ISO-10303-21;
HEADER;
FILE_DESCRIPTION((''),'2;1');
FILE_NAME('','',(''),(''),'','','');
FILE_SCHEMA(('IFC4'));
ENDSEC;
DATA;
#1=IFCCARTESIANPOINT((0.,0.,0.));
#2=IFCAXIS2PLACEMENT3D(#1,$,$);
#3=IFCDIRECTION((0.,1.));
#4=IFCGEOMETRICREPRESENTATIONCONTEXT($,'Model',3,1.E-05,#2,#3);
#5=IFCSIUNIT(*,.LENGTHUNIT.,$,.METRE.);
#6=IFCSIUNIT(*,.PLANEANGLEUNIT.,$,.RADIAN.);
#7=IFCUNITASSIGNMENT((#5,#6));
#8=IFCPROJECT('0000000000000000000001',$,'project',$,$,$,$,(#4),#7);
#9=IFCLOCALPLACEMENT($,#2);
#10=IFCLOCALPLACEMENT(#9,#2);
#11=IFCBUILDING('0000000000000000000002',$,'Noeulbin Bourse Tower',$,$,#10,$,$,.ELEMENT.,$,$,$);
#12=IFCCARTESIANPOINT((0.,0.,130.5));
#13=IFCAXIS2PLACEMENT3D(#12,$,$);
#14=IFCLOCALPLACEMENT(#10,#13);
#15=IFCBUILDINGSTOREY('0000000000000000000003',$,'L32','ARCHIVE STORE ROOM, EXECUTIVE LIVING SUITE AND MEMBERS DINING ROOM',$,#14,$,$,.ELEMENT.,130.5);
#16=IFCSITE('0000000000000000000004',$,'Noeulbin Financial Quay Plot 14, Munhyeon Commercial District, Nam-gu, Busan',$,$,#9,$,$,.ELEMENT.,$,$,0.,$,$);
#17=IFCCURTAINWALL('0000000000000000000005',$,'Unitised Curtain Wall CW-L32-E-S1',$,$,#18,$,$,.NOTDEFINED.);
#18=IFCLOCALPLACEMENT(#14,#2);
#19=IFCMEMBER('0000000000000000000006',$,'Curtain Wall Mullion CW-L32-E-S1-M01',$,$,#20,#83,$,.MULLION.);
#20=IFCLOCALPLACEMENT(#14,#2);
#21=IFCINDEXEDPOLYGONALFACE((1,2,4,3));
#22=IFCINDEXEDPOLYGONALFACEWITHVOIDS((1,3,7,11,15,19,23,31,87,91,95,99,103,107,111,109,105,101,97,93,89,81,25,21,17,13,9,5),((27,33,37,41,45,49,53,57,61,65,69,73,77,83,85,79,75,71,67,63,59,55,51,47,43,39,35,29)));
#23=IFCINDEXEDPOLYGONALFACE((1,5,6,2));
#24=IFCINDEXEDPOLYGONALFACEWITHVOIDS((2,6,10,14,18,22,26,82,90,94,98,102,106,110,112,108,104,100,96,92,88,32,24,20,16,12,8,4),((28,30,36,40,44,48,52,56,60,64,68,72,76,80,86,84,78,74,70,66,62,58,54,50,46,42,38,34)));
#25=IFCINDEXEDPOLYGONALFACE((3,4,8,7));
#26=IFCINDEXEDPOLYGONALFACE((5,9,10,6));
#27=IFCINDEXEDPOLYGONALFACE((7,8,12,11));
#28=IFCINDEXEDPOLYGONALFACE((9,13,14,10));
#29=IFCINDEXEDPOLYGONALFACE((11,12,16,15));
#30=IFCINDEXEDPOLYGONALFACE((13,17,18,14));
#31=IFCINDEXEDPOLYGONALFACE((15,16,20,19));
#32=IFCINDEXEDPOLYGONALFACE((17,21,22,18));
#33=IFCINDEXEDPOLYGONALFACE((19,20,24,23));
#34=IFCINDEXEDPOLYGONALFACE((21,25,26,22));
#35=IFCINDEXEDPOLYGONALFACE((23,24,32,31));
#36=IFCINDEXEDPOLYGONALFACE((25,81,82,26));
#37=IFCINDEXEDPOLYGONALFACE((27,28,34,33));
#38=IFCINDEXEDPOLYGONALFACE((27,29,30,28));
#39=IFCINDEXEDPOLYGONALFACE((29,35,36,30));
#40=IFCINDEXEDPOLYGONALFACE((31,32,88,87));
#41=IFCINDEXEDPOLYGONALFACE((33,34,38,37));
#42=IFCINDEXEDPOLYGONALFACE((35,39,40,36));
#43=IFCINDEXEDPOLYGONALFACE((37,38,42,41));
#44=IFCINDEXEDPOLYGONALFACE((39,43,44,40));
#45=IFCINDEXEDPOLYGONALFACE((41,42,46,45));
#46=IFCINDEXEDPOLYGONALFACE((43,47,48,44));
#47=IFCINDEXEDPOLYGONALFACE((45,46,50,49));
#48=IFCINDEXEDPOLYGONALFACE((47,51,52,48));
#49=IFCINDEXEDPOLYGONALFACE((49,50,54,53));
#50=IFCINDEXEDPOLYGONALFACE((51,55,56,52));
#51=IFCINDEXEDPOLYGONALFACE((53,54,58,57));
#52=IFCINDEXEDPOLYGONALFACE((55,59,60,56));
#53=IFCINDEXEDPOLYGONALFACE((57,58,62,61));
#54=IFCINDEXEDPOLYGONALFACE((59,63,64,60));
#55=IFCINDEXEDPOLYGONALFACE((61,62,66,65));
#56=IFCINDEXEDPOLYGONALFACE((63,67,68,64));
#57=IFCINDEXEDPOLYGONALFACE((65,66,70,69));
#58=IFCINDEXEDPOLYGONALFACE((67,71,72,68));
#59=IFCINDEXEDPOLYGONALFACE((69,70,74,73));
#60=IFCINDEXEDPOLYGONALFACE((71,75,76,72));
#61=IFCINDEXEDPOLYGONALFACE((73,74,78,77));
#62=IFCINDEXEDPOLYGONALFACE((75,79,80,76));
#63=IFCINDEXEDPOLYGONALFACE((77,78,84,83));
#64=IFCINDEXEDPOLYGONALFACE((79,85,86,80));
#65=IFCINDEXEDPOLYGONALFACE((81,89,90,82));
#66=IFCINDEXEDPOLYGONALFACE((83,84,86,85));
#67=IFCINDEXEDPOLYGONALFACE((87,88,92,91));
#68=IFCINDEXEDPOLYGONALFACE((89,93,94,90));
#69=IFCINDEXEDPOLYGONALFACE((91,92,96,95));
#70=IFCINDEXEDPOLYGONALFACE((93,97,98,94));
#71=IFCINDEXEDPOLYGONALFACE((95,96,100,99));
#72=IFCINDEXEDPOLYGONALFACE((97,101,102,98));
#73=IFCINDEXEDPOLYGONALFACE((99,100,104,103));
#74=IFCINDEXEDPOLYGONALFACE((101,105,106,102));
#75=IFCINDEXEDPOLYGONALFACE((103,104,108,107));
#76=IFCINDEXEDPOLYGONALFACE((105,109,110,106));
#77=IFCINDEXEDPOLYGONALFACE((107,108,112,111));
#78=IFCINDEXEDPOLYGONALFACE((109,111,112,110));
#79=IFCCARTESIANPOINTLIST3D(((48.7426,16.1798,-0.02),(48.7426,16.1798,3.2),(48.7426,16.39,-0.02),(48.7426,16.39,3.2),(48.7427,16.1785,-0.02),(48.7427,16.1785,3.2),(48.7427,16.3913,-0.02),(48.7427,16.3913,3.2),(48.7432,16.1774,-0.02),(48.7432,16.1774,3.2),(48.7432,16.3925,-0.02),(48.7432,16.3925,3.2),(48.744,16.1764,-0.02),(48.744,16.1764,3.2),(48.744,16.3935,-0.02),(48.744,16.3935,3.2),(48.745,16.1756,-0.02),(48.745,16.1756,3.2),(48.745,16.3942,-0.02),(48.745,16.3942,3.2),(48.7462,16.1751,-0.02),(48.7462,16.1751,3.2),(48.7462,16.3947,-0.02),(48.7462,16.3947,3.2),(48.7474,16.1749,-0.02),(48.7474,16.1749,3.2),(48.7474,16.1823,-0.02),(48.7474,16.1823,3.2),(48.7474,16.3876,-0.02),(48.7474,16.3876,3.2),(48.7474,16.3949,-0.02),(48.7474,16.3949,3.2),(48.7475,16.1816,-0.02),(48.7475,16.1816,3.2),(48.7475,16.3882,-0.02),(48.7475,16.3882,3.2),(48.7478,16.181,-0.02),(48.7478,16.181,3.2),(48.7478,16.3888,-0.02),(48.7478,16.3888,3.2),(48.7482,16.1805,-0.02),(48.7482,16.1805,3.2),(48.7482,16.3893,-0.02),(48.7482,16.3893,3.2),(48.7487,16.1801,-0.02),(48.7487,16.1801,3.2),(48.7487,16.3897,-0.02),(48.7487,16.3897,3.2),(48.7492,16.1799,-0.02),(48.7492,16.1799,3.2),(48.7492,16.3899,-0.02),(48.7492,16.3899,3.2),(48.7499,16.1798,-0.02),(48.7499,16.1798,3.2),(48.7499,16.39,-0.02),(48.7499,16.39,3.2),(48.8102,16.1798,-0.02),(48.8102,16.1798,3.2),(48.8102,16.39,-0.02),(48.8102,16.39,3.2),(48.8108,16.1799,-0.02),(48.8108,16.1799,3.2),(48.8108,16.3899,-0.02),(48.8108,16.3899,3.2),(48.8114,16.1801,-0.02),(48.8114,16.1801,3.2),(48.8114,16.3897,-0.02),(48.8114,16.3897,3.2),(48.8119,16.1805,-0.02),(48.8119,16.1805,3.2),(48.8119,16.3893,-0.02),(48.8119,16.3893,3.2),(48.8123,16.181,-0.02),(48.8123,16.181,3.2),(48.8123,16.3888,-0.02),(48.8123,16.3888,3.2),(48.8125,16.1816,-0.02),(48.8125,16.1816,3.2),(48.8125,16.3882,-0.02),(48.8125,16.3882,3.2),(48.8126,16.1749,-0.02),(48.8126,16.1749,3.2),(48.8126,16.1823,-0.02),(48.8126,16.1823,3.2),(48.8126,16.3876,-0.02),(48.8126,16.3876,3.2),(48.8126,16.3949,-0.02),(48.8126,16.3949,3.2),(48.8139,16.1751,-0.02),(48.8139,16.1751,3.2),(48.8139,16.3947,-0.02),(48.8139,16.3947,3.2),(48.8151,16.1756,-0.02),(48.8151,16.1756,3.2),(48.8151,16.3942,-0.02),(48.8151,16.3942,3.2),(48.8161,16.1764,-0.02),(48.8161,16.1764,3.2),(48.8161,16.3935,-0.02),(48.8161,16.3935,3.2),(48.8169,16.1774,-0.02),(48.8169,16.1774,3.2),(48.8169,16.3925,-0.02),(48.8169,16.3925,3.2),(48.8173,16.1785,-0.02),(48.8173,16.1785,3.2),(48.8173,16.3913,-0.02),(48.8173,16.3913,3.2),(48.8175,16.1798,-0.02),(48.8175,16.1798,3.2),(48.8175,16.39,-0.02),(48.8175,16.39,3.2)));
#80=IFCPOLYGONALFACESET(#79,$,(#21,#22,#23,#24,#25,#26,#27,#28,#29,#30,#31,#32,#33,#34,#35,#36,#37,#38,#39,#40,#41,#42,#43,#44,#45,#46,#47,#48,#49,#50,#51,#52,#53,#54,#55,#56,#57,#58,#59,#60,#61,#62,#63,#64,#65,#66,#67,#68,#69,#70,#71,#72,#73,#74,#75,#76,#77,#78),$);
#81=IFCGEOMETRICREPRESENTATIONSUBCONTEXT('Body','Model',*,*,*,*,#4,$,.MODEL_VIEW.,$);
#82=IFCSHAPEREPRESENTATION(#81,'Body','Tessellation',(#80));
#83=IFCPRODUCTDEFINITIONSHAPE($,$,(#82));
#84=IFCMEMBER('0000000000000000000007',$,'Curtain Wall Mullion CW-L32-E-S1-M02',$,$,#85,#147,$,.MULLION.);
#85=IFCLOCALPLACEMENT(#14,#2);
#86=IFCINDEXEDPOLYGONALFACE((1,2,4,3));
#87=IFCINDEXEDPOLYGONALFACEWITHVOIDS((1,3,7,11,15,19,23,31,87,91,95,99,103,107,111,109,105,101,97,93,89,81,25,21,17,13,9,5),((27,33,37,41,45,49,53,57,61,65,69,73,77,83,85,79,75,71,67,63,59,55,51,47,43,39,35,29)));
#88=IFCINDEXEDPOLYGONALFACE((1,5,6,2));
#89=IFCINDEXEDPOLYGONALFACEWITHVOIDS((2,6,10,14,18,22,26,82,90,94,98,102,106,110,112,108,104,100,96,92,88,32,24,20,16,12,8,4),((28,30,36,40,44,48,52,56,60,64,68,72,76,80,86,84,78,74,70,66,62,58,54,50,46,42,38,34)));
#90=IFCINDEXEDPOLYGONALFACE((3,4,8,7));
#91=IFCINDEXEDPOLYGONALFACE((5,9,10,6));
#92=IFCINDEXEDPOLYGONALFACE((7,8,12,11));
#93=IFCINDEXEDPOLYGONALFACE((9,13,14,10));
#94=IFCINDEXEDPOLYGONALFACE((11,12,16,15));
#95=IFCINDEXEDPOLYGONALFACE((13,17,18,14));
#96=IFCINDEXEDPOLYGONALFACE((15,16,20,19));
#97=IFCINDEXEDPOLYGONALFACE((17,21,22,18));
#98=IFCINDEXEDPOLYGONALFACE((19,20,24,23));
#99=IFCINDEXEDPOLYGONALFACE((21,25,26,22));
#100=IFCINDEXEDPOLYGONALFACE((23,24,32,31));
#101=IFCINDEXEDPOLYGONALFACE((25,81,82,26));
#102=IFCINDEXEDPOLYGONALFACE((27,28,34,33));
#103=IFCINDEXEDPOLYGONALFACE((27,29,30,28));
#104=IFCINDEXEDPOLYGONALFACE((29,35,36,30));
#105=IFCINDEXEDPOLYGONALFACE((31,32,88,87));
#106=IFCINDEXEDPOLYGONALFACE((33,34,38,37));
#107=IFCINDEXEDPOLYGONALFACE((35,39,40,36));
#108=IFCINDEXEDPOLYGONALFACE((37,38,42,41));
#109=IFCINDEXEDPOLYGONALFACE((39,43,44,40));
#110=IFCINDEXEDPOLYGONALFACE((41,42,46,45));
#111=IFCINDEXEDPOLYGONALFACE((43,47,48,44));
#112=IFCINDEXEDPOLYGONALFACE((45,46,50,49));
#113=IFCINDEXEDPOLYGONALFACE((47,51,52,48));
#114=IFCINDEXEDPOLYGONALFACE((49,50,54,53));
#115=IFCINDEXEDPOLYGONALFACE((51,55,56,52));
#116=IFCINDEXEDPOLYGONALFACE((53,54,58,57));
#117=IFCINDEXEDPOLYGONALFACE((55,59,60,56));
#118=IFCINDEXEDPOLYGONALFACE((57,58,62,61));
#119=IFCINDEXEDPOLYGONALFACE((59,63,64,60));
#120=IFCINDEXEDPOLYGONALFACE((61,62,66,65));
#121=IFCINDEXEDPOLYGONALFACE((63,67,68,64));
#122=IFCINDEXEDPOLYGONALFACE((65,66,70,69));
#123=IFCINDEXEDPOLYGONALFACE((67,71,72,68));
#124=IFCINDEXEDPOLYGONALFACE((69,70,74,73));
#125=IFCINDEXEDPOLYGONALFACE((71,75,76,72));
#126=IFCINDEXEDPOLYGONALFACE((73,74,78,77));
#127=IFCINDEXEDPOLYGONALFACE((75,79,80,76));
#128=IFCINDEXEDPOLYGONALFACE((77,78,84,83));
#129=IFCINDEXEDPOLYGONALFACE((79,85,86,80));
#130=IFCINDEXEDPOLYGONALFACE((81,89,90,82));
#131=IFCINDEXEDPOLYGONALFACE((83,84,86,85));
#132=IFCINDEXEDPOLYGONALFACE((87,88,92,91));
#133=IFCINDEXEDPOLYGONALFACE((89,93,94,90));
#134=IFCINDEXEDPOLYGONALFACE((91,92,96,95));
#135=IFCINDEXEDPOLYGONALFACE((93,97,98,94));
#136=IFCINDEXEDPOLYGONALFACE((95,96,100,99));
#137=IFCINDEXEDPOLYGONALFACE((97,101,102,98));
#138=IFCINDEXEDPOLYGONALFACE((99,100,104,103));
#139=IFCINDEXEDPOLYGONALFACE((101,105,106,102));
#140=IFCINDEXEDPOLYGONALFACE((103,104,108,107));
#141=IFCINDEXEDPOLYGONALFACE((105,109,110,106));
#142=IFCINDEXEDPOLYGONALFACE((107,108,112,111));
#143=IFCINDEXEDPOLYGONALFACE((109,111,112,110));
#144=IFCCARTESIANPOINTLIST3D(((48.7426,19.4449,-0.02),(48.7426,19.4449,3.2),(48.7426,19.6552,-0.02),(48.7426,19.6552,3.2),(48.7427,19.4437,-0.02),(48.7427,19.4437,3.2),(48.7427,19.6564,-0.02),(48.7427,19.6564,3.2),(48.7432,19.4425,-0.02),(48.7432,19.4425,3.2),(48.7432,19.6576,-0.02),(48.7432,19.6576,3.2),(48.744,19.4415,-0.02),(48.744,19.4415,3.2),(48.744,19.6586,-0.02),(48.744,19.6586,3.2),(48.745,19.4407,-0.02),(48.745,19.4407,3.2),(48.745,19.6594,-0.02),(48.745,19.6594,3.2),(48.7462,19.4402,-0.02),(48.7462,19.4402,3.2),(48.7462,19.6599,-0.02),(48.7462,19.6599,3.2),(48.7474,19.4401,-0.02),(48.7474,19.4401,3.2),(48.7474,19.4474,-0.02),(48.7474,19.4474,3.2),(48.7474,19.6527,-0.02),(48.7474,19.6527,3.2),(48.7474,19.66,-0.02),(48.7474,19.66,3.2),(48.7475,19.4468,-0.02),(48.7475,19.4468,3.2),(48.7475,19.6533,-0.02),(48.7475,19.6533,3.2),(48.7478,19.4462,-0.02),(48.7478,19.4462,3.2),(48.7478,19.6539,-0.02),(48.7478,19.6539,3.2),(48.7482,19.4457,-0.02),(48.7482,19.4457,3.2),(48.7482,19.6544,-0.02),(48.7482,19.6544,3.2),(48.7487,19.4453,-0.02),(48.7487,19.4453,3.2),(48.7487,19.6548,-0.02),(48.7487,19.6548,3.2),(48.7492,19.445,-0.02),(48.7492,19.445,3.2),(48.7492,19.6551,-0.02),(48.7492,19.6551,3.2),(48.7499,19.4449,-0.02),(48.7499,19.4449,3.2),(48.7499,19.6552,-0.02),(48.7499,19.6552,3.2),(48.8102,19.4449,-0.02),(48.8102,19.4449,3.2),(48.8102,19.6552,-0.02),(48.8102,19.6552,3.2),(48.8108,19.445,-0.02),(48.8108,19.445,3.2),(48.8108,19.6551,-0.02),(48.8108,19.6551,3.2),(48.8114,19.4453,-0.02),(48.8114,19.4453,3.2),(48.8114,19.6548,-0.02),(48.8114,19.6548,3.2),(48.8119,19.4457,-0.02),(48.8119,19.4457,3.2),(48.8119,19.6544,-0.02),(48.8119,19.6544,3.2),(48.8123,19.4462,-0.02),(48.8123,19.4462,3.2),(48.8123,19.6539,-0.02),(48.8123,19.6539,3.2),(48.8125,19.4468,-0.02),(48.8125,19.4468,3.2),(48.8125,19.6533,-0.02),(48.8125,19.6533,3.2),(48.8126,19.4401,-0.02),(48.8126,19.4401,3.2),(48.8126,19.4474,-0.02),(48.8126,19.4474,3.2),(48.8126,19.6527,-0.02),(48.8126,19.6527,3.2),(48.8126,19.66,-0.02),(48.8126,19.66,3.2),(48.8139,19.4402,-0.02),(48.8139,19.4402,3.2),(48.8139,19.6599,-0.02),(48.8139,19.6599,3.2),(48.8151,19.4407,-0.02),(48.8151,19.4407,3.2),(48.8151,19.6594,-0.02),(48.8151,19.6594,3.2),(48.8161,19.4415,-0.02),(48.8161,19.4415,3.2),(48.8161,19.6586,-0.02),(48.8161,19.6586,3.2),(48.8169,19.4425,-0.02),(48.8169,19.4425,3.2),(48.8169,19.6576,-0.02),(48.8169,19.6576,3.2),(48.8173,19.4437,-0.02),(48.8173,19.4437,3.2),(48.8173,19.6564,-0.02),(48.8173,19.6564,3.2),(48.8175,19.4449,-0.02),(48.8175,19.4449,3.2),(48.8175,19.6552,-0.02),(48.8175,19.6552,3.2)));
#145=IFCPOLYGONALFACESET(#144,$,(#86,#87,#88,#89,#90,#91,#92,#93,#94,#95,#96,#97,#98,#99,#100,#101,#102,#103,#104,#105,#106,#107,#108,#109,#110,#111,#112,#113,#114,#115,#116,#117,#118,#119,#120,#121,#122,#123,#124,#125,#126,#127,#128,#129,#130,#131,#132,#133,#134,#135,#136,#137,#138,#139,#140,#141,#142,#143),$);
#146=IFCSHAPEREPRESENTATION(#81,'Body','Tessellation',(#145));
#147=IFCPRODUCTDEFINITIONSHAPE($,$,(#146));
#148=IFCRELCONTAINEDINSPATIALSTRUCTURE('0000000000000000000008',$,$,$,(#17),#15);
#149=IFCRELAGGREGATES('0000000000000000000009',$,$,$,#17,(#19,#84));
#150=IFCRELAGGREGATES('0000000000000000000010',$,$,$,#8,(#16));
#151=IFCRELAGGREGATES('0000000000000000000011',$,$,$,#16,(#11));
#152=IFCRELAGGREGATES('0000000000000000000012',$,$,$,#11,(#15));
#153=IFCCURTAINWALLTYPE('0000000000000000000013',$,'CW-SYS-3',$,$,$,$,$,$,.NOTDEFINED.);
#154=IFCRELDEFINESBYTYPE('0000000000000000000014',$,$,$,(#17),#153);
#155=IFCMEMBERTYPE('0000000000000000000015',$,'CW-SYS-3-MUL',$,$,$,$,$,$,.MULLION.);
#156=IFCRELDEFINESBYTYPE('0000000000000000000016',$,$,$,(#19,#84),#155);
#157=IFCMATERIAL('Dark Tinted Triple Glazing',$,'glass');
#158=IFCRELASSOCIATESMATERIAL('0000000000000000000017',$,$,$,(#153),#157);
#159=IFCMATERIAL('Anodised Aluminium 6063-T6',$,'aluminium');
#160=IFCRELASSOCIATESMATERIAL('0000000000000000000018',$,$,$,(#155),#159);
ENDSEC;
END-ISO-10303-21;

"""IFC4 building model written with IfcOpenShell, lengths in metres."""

from ifc_helpers import new_model, si_unit, direction, frame, origin, origin_2d, place, context, subcontext, project, spatial, hollow_rectangle, extrude, material, material_profile, profile_set, type_object, element, aggregate, save


model = new_model("IFC4")

# Units and contexts
model_context = context("Model", 3, precision=1e-05, world=origin(), true_north=direction((0.0, 1.0)))
body_context = subcontext(model_context, "Body", "Model", "MODEL_VIEW")
ifc_project = project(units=[si_unit("LENGTHUNIT", "METRE"), si_unit("PLANEANGLEUNIT", "RADIAN")], contexts=[model_context])

# Site, building, storey
site_placement = place(None, origin())
site = spatial("IfcSite", under=ifc_project, at=site_placement, Name="Noeulbin Financial Quay Plot 14, Munhyeon Commercial District, Nam-gu, Busan", CompositionType="ELEMENT", RefElevation=0.0)
building_placement = place(site_placement, origin())
building = spatial("IfcBuilding", under=site, at=building_placement, Name="Noeulbin Bourse Tower", CompositionType="ELEMENT")
storey_placement = place(building_placement, frame((0.0, 0.0, 130.5)))
storey = spatial("IfcBuildingStorey", under=building, at=storey_placement, Name="L32", Description="ARCHIVE STORE ROOM, EXECUTIVE LIVING SUITE AND MEMBERS DINING ROOM", CompositionType="ELEMENT", Elevation=130.5)

# Curtain wall, members
ifc_material_1 = material(Name="Dark Tinted Triple Glazing", Category="glass")
curtain_wall_type = type_object("IfcCurtainWallType", Name="CW-SYS-3", PredefinedType="NOTDEFINED", material=ifc_material_1)
ifc_material_2 = material(Name="Anodised Aluminium 6063-T6", Category="aluminium")
ifc_material_profile_1 = material_profile(ifc_material_2, hollow_rectangle(XDim=0.075, YDim=0.22, WallThickness=0.0049, InnerFilletRadius=0.0024, OuterFilletRadius=0.0049, at=origin_2d()), Name="ALU-MULL-75x220x5", Category="LoadBearing")
ifc_profile_set_1 = profile_set([ifc_material_profile_1], Name="Anodised Aluminium 6063-T6")
member_type_1 = type_object("IfcMemberType", Name="CW-SYS-3-MUL", PredefinedType="MULLION", material=ifc_profile_set_1)
curtain_wall_1_placement = place(storey_placement, origin())
curtain_wall_1 = element("IfcCurtainWall", 1, at=curtain_wall_1_placement, inside=storey, type_object=curtain_wall_type, Name="Unitised Curtain Wall CW-L32-E-S1", PredefinedType="NOTDEFINED")
member_1_placement = place(storey_placement, frame((48.78, 16.2849, -0.02), z_axis=(0.0, 0.0, 1.0), x_axis=(1.0, 0.0, 0.0)))
member_1 = element("IfcMember", 2, at=member_1_placement, type_object=member_type_1, Name="Curtain Wall Mullion CW-L32-E-S1-M01", PredefinedType="MULLION", context=body_context, shape_type="SweptSolid", body=[
    extrude(hollow_rectangle(XDim=0.075, YDim=0.22, WallThickness=0.0049, InnerFilletRadius=0.0024, OuterFilletRadius=0.0049, at=origin_2d()), origin(), (0.0, 0.0, 1.0), 3.22),
])
member_2_placement = place(storey_placement, frame((48.78, 19.55, -0.02), z_axis=(0.0, 0.0, 1.0), x_axis=(1.0, 0.0, 0.0)))
member_2 = element("IfcMember", 3, at=member_2_placement, type_object=member_type_1, Name="Curtain Wall Mullion CW-L32-E-S1-M02", PredefinedType="MULLION", context=body_context, shape_type="SweptSolid", body=[
    extrude(hollow_rectangle(XDim=0.075, YDim=0.22, WallThickness=0.0049, InnerFilletRadius=0.0024, OuterFilletRadius=0.0049, at=origin_2d()), origin(), (0.0, 0.0, 1.0), 3.22),
])

aggregate(curtain_wall_1, [member_1, member_2])

save(model, "model.ifc")
